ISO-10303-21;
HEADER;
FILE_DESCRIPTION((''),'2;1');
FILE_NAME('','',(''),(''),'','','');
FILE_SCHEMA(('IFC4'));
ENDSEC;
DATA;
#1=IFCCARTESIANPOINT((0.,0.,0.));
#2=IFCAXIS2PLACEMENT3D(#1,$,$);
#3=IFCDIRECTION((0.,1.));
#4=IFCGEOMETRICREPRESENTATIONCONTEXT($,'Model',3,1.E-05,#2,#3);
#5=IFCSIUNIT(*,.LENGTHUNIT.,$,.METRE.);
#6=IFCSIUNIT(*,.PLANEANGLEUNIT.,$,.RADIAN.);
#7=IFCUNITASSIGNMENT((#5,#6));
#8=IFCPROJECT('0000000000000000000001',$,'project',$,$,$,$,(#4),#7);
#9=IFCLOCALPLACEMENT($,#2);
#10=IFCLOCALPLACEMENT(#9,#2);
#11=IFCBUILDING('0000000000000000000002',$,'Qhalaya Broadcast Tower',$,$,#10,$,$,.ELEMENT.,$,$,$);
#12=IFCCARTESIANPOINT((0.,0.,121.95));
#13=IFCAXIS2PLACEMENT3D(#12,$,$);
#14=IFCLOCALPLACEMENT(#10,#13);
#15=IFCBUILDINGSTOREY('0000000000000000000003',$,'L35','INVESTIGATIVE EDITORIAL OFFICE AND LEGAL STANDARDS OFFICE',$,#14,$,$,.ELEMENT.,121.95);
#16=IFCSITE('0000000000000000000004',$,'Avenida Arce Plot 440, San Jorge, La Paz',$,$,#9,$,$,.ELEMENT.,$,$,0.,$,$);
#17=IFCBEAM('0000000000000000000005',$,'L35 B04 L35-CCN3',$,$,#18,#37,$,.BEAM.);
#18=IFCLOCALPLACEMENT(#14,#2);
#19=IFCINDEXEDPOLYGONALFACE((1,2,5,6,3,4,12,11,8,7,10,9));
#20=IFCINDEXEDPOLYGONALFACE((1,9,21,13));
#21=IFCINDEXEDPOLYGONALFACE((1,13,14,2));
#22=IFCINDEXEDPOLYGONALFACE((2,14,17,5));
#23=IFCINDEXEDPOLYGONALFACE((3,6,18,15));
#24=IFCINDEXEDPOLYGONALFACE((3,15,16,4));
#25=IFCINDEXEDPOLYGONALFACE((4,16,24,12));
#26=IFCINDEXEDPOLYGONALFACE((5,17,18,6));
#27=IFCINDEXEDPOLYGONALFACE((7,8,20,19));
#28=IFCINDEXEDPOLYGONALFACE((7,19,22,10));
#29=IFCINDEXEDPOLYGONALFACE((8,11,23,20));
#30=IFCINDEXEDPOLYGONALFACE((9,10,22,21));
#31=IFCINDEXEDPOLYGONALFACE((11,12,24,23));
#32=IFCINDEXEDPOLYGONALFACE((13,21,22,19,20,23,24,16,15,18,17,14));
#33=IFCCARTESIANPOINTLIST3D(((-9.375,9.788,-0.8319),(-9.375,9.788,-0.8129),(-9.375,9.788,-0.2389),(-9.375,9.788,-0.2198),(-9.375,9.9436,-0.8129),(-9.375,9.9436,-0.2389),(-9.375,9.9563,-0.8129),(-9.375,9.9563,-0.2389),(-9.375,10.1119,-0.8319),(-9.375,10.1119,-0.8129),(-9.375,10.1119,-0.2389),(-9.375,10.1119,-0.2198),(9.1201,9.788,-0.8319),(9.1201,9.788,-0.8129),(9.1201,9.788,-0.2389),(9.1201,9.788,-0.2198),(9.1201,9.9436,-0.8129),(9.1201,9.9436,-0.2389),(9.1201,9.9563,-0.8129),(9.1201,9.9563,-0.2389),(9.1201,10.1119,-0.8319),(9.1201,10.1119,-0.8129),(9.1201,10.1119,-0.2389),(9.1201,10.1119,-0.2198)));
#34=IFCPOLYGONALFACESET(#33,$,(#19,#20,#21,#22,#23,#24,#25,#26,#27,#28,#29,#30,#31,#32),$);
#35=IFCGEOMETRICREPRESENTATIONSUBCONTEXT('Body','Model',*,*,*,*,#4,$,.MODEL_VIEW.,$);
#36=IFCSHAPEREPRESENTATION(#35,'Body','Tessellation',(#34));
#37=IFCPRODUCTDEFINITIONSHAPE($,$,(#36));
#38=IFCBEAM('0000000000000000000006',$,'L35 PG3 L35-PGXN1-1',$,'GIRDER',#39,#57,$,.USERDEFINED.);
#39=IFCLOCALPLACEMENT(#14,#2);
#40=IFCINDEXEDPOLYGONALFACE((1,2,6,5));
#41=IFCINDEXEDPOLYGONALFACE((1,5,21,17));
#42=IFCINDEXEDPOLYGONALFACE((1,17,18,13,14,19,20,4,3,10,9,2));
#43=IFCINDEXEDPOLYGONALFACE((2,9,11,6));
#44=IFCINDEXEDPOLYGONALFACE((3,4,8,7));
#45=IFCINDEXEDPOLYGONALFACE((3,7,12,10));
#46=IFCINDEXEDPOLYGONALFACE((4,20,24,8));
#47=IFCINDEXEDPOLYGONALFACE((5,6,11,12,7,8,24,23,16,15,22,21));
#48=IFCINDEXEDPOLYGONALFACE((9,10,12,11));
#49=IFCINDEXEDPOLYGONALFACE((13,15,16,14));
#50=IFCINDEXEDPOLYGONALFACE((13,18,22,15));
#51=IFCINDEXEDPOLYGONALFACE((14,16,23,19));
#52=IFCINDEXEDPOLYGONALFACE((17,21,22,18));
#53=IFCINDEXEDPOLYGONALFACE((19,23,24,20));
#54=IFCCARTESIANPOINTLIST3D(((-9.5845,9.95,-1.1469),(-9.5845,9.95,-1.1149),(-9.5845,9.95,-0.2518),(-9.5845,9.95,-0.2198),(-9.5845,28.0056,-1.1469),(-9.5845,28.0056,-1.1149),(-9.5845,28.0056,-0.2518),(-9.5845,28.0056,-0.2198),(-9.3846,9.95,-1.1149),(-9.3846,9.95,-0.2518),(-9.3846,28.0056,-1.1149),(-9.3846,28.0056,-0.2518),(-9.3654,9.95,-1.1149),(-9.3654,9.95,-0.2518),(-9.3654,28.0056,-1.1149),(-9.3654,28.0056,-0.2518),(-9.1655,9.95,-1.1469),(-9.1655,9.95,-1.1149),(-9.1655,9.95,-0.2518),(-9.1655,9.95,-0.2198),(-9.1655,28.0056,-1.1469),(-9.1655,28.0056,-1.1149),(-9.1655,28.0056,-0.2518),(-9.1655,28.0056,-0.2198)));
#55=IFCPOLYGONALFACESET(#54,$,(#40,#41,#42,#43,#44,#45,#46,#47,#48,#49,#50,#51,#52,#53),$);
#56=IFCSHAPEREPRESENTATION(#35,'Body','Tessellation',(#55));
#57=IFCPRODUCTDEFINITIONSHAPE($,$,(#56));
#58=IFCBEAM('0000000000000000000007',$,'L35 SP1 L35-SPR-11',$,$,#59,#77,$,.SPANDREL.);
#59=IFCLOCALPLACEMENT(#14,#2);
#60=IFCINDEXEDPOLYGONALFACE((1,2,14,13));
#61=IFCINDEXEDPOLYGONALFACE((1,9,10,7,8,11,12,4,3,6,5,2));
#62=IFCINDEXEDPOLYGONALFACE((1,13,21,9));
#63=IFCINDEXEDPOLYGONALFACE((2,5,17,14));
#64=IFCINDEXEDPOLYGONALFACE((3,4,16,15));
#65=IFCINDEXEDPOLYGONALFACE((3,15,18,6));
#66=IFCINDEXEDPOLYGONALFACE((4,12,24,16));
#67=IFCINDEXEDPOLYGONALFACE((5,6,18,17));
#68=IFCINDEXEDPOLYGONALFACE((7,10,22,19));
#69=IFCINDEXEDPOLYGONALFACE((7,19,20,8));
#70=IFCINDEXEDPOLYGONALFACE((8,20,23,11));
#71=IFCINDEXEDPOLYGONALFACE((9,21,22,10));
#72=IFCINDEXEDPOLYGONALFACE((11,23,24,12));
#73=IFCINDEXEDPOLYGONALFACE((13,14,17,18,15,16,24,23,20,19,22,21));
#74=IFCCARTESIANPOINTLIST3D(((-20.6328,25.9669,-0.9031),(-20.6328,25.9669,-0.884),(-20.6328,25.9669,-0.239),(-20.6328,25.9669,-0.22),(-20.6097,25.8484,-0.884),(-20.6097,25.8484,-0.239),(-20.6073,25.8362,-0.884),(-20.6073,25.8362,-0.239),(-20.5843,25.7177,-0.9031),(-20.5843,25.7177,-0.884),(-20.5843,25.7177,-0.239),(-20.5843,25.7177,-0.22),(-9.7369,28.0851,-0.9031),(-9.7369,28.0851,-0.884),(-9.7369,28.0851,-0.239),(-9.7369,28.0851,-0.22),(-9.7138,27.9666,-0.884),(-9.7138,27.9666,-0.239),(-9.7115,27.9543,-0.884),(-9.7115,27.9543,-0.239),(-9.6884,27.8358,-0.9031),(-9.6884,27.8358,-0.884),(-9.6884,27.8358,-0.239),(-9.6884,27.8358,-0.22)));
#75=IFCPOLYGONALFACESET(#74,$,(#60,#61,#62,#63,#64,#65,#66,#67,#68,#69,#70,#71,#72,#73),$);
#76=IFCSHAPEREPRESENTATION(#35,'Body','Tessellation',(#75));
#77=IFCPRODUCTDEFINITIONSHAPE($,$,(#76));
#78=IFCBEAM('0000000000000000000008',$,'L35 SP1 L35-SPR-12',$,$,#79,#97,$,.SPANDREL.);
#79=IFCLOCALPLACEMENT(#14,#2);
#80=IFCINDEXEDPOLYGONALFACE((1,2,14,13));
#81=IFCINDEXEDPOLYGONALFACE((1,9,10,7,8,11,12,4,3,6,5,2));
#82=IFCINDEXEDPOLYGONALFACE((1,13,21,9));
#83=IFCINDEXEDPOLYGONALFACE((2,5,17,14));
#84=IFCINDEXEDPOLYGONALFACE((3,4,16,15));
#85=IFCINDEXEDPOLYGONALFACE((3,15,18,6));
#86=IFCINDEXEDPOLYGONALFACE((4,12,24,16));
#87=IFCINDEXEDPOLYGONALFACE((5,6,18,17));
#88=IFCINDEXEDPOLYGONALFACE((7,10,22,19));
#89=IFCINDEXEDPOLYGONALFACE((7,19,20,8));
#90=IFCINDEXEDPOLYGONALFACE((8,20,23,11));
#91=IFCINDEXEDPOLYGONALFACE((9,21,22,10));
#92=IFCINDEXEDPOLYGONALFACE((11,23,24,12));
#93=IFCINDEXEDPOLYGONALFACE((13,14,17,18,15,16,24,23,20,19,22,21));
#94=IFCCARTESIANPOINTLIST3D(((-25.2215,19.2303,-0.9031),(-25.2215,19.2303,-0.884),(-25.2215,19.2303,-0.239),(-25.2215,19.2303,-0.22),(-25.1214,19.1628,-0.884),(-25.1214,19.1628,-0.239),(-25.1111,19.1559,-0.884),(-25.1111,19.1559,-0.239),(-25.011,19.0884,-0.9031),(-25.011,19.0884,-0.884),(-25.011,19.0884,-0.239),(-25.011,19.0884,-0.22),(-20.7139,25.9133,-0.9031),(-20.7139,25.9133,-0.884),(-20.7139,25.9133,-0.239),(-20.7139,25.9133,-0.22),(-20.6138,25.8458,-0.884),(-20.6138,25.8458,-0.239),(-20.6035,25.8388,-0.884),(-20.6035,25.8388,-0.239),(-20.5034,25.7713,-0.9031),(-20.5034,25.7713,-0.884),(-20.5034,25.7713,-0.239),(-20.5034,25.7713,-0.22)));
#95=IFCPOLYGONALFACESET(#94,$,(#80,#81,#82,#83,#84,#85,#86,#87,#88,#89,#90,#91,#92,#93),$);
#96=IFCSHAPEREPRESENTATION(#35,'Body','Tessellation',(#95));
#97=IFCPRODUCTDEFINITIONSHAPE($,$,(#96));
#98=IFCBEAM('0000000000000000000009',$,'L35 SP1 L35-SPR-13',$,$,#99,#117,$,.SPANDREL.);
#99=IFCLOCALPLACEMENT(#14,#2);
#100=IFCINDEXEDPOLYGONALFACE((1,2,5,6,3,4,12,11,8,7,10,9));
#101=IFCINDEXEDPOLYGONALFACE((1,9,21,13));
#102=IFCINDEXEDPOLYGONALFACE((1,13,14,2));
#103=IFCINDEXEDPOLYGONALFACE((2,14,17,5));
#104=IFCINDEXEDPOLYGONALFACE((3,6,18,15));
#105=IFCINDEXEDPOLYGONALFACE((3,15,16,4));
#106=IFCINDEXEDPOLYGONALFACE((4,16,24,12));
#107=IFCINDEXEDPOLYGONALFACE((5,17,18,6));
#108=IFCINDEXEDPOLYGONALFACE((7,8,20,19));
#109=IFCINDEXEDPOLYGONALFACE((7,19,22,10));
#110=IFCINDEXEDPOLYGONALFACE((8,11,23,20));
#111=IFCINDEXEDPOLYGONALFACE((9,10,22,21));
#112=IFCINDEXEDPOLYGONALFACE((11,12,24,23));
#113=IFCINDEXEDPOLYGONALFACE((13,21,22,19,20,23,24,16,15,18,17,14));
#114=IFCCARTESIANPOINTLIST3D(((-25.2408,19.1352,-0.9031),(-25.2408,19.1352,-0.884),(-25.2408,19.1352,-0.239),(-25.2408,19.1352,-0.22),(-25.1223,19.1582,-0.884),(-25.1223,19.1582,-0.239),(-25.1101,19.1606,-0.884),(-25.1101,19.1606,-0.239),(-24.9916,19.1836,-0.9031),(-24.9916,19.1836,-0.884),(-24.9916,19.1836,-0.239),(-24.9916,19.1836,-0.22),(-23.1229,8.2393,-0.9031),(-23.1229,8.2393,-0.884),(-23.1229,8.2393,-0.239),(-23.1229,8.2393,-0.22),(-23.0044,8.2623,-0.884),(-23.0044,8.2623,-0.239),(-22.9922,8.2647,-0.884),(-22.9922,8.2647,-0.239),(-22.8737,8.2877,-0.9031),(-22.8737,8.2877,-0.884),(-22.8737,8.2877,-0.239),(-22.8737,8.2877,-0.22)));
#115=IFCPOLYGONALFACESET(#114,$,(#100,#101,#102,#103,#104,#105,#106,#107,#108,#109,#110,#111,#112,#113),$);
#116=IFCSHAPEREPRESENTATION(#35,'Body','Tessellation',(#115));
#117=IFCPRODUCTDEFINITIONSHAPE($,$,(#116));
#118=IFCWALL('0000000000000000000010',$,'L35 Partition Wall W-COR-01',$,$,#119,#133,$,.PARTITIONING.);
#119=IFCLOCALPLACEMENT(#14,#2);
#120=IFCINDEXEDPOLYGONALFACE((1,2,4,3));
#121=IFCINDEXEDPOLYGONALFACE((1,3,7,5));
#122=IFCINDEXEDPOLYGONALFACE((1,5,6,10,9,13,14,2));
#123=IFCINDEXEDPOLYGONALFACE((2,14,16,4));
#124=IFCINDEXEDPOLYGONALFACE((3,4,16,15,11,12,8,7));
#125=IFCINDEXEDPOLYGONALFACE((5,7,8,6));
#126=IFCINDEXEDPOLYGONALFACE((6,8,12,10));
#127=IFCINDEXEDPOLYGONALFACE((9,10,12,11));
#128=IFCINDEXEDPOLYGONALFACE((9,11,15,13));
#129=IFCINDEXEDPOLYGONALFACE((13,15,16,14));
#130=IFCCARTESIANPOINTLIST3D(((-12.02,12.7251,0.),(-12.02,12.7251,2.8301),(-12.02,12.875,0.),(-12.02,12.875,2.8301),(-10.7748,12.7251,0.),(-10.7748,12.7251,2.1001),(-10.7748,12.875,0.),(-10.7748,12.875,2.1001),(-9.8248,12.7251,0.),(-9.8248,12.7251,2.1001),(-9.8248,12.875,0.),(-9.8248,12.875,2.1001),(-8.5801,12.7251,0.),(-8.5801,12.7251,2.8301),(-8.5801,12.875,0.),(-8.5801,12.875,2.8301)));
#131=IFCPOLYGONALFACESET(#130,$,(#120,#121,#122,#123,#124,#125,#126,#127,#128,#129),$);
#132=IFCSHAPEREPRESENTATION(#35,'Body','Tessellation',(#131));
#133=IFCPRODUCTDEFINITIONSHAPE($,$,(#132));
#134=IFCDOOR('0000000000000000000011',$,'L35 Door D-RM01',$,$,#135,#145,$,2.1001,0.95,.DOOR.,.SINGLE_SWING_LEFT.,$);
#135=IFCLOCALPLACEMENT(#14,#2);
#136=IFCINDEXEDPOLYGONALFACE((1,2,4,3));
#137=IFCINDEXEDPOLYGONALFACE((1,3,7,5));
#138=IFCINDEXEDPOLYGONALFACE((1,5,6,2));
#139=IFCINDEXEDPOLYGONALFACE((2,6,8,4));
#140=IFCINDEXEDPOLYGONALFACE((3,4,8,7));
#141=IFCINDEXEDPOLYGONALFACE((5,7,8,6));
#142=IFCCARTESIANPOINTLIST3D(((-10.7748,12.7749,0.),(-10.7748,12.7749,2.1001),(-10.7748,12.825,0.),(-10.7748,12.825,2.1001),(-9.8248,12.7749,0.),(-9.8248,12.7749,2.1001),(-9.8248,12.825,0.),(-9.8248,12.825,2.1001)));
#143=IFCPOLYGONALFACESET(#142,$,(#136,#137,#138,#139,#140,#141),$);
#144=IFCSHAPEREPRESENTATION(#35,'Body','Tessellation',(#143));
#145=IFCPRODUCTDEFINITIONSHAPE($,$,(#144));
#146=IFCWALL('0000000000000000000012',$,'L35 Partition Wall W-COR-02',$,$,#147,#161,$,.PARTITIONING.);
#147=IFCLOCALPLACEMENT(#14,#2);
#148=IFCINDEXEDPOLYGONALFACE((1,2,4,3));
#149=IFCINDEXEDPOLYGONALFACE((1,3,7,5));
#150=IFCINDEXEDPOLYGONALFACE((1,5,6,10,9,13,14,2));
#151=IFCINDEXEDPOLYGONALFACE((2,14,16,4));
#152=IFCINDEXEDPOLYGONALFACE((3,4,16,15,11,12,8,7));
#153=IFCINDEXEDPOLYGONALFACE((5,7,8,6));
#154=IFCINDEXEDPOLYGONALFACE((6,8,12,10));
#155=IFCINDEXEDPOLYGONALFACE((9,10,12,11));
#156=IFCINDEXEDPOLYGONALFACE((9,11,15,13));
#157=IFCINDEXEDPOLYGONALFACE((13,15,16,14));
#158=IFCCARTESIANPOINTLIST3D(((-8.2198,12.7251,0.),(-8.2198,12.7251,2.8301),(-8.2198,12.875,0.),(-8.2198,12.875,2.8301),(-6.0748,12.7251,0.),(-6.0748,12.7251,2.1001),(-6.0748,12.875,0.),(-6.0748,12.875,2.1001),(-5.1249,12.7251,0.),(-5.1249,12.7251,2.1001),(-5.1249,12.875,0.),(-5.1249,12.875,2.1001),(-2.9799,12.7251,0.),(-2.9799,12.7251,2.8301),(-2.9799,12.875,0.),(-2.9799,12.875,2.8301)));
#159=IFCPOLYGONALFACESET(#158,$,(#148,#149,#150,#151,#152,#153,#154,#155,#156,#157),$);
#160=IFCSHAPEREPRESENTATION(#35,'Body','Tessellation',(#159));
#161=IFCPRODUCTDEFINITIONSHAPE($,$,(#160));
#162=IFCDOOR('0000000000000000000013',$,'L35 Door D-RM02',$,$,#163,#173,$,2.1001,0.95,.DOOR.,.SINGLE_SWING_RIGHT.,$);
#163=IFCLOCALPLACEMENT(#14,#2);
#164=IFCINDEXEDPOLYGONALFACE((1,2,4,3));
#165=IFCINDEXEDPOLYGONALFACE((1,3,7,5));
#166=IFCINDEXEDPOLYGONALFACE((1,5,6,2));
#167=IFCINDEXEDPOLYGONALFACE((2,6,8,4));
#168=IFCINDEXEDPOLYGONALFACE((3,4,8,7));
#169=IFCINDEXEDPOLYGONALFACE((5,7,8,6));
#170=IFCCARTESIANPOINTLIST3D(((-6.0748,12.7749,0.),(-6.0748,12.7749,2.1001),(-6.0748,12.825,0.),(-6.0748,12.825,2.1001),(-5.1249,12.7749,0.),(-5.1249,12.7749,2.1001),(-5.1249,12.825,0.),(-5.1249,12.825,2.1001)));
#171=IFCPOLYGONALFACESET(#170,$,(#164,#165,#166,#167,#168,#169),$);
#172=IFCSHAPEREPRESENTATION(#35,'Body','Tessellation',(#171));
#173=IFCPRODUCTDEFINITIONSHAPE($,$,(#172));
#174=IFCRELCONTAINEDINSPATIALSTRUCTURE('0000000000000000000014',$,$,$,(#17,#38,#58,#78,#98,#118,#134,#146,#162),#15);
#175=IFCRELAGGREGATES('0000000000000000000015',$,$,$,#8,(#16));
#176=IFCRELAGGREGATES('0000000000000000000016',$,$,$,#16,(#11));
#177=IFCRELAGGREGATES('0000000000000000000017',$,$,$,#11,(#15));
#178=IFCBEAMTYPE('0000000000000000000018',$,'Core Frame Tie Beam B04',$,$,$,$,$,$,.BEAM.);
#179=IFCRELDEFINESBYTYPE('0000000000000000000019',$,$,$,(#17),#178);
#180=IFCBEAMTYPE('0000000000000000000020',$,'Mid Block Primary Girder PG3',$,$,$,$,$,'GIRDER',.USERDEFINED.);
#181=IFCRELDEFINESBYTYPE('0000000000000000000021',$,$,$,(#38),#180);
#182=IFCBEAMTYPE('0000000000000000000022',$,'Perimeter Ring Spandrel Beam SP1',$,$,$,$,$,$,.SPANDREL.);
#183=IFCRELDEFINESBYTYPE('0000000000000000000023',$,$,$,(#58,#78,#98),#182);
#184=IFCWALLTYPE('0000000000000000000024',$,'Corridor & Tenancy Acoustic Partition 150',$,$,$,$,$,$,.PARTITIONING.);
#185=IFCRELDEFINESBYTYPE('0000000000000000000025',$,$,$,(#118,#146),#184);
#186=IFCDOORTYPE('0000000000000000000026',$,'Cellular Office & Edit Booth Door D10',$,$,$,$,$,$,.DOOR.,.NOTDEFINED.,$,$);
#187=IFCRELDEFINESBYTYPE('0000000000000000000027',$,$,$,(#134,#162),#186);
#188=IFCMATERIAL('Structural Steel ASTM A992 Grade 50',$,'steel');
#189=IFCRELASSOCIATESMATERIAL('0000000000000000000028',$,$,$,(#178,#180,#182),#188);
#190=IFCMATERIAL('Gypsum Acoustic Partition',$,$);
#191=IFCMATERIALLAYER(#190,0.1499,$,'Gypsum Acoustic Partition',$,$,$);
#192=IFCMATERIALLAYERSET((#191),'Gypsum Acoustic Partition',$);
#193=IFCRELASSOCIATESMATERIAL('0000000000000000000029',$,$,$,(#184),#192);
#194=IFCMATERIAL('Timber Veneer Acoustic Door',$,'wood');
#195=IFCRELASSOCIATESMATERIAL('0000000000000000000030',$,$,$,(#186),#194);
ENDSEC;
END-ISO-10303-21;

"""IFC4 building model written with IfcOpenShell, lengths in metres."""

from ifc_helpers import new_model, si_unit, direction, frame, frame_2d, origin, origin_2d, place, context, subcontext, project, spatial, rectangle, i_section, extrude, material, layer, layer_set, material_profile, profile_set, type_object, element, fill, save


model = new_model("IFC4")

# Units and contexts
model_context = context("Model", 3, precision=1e-05, world=origin(), true_north=direction((0.0, 1.0)))
body_context = subcontext(model_context, "Body", "Model", "MODEL_VIEW")
ifc_project = project(units=[si_unit("LENGTHUNIT", "METRE"), si_unit("PLANEANGLEUNIT", "RADIAN")], contexts=[model_context])

# Site, building, storey
site_placement = place(None, origin())
site = spatial("IfcSite", under=ifc_project, at=site_placement, Name="Avenida Arce Plot 440, San Jorge, La Paz", CompositionType="ELEMENT", RefElevation=0.0)
building_placement = place(site_placement, origin())
building = spatial("IfcBuilding", under=site, at=building_placement, Name="Qhalaya Broadcast Tower", CompositionType="ELEMENT")
storey_placement = place(building_placement, frame((0.0, 0.0, 121.95)))
storey = spatial("IfcBuildingStorey", under=building, at=storey_placement, Name="L35", Description="INVESTIGATIVE EDITORIAL OFFICE AND LEGAL STANDARDS OFFICE", CompositionType="ELEMENT", Elevation=121.95)

# Beams
ifc_material_1 = material(Name="Structural Steel ASTM A992 Grade 50", Category="steel")
ifc_material_profile_1 = material_profile(ifc_material_1, i_section(OverallWidth=0.324, OverallDepth=0.6121, WebThickness=0.0127, FlangeThickness=0.019, at=origin_2d()), Name="W24X104")
ifc_profile_set_1 = profile_set([ifc_material_profile_1], Name="Structural Steel ASTM A992 Grade 50")
beam_type_1 = type_object("IfcBeamType", Name="Core Frame Tie Beam B04", PredefinedType="BEAM", material=ifc_profile_set_1)
beam_1_placement = place(storey_placement, frame((-9.375, 9.95, -0.5259), z_axis=(1.0, 0.0, 0.0), x_axis=(0.0, 1.0, 0.0)))
element("IfcBeam", 1, at=beam_1_placement, inside=storey, type_object=beam_type_1, Name="L35 B04 L35-CCN3", PredefinedType="BEAM", context=body_context, shape_type="SweptSolid", body=[
    extrude(i_section(OverallWidth=0.324, OverallDepth=0.6121, WebThickness=0.0127, FlangeThickness=0.019, at=origin_2d()), origin(), (0.0, 0.0, 1.0), 18.4951),
])
ifc_material_profile_2 = material_profile(ifc_material_1, i_section(OverallWidth=0.4189, OverallDepth=0.927, WebThickness=0.0193, FlangeThickness=0.032, at=origin_2d()), Name="W36X231")
ifc_profile_set_2 = profile_set([ifc_material_profile_2], Name="Structural Steel ASTM A992 Grade 50")
beam_type_2 = type_object("IfcBeamType", Name="Mid Block Primary Girder PG3", ElementType="GIRDER", PredefinedType="USERDEFINED", material=ifc_profile_set_2)
beam_2_placement = place(storey_placement, frame((-9.375, 9.95, -0.6833), z_axis=(0.0, 1.0, 0.0), x_axis=(-1.0, 0.0, 0.0)))
element("IfcBeam", 2, at=beam_2_placement, inside=storey, type_object=beam_type_2, Name="L35 PG3 L35-PGXN1-1", ObjectType="GIRDER", PredefinedType="USERDEFINED", context=body_context, shape_type="SweptSolid", body=[
    extrude(i_section(OverallWidth=0.4189, OverallDepth=0.927, WebThickness=0.0193, FlangeThickness=0.032, at=origin_2d()), origin(), (0.0, 0.0, 1.0), 18.0557),
])
ifc_material_profile_3 = material_profile(ifc_material_1, i_section(OverallWidth=0.2539, OverallDepth=0.6831, WebThickness=0.0125, FlangeThickness=0.019, at=origin_2d()), Name="W27X94")
ifc_profile_set_3 = profile_set([ifc_material_profile_3], Name="Structural Steel ASTM A992 Grade 50")
beam_type_3 = type_object("IfcBeamType", Name="Perimeter Ring Spandrel Beam SP1", PredefinedType="SPANDREL", material=ifc_profile_set_3)
beam_3_placement = place(storey_placement, frame((-9.7126, 27.9604, -0.5615), z_axis=(-0.981624, -0.190826, 0.0), x_axis=(0.190826, -0.981624, 0.0)))
element("IfcBeam", 3, at=beam_3_placement, inside=storey, type_object=beam_type_3, Name="L35 SP1 L35-SPR-11", PredefinedType="SPANDREL", context=body_context, shape_type="SweptSolid", body=[
    extrude(i_section(OverallWidth=0.2539, OverallDepth=0.6831, WebThickness=0.0125, FlangeThickness=0.019, at=origin_2d()), origin(), (0.0, 0.0, 1.0), 11.0999),
])
beam_4_placement = place(storey_placement, frame((-20.6086, 25.8423, -0.5615), z_axis=(-0.559186, -0.829042, 0.0), x_axis=(0.829042, -0.559186, 0.0)))
element("IfcBeam", 4, at=beam_4_placement, inside=storey, type_object=beam_type_3, Name="L35 SP1 L35-SPR-12", PredefinedType="SPANDREL", context=body_context, shape_type="SweptSolid", body=[
    extrude(i_section(OverallWidth=0.2539, OverallDepth=0.6831, WebThickness=0.0125, FlangeThickness=0.019, at=origin_2d()), origin(), (0.0, 0.0, 1.0), 8.061),
])
beam_5_placement = place(storey_placement, frame((-25.1162, 19.1594, -0.5615), z_axis=(0.190805, -0.981628, 0.0), x_axis=(0.981628, 0.190805, 0.0)))
element("IfcBeam", 5, at=beam_5_placement, inside=storey, type_object=beam_type_3, Name="L35 SP1 L35-SPR-13", PredefinedType="SPANDREL", context=body_context, shape_type="SweptSolid", body=[
    extrude(i_section(OverallWidth=0.2539, OverallDepth=0.6831, WebThickness=0.0125, FlangeThickness=0.019, at=origin_2d()), origin(), (0.0, 0.0, 1.0), 11.0999),
])

# Walls, openings, doors
ifc_material_2 = material(Name="Gypsum Acoustic Partition")
ifc_layer_1 = layer(ifc_material_2, 0.1499, Name="Gypsum Acoustic Partition")
ifc_layer_set_1 = layer_set([ifc_layer_1], Name="Gypsum Acoustic Partition")
wall_type_1 = type_object("IfcWallType", Name="Corridor & Tenancy Acoustic Partition 150", PredefinedType="PARTITIONING", material=ifc_layer_set_1)
wall_1_placement = place(storey_placement, frame((-12.02, 12.8, 0.0), z_axis=(0.0, 0.0, 1.0), x_axis=(1.0, 0.0, 0.0)))
wall_1 = element("IfcWall", 6, at=wall_1_placement, inside=storey, type_object=wall_type_1, Name="L35 Partition Wall W-COR-01", PredefinedType="PARTITIONING", context=body_context, shape_type="SweptSolid", body=[
    extrude(rectangle(XDim=3.4399, YDim=0.1499, at=frame_2d((1.72, 0.0))), origin(), (0.0, 0.0, 1.0), 2.8301),
])
opening_1_placement = place(wall_1_placement, frame((1.2451, 0.0, 0.0)))
opening_1 = element("IfcOpeningElement", 7, at=opening_1_placement, cuts=wall_1, PredefinedType="OPENING", context=body_context, shape_type="SweptSolid", body=[
    extrude(rectangle(XDim=0.95, YDim=2.1001, at=frame_2d((0.4751, 1.05))), frame((0.0, 0.0869, 0.0), z_axis=(0.0, -1.0, 0.0), x_axis=(1.0, 0.0, 0.0)), (0.0, 0.0, 1.0), 0.1738),
])
ifc_material_3 = material(Name="Timber Veneer Acoustic Door", Category="wood")
door_type = type_object("IfcDoorType", Name="Cellular Office & Edit Booth Door D10", OperationType="NOTDEFINED", PredefinedType="DOOR", material=ifc_material_3)
door_1_placement = place(opening_1_placement, origin())
door_1 = element("IfcDoor", 8, at=door_1_placement, inside=storey, type_object=door_type, Name="L35 Door D-RM01", OperationType="SINGLE_SWING_LEFT", OverallHeight=2.1001, OverallWidth=0.95, PredefinedType="DOOR", context=body_context, shape_type="SweptSolid", body=[
    extrude(rectangle(XDim=0.95, YDim=2.1001, at=frame_2d((0.4751, 1.05))), frame((0.0, 0.0249, 0.0), z_axis=(0.0, -1.0, 0.0), x_axis=(1.0, 0.0, 0.0)), (0.0, 0.0, 1.0), 0.05),
])
fill(opening_1, door_1)
wall_2_placement = place(storey_placement, frame((-8.22, 12.8, 0.0), z_axis=(0.0, 0.0, 1.0), x_axis=(1.0, 0.0, 0.0)))
wall_2 = element("IfcWall", 9, at=wall_2_placement, inside=storey, type_object=wall_type_1, Name="L35 Partition Wall W-COR-02", PredefinedType="PARTITIONING", context=body_context, shape_type="SweptSolid", body=[
    extrude(rectangle(XDim=5.24, YDim=0.1499, at=frame_2d((2.6201, 0.0))), origin(), (0.0, 0.0, 1.0), 2.8301),
])
opening_2_placement = place(wall_2_placement, frame((2.145, 0.0, 0.0)))
opening_2 = element("IfcOpeningElement", 10, at=opening_2_placement, cuts=wall_2, PredefinedType="OPENING", context=body_context, shape_type="SweptSolid", body=[
    extrude(rectangle(XDim=0.95, YDim=2.1001, at=frame_2d((0.4751, 1.05))), frame((0.0, 0.0869, 0.0), z_axis=(0.0, -1.0, 0.0), x_axis=(1.0, 0.0, 0.0)), (0.0, 0.0, 1.0), 0.1738),
])
door_2_placement = place(opening_2_placement, origin())
door_2 = element("IfcDoor", 11, at=door_2_placement, inside=storey, type_object=door_type, Name="L35 Door D-RM02", OperationType="SINGLE_SWING_RIGHT", OverallHeight=2.1001, OverallWidth=0.95, PredefinedType="DOOR", context=body_context, shape_type="SweptSolid", body=[
    extrude(rectangle(XDim=0.95, YDim=2.1001, at=frame_2d((0.4751, 1.05))), frame((0.0, 0.0249, 0.0), z_axis=(0.0, -1.0, 0.0), x_axis=(1.0, 0.0, 0.0)), (0.0, 0.0, 1.0), 0.05),
])
fill(opening_2, door_2)

save(model, "model.ifc")
